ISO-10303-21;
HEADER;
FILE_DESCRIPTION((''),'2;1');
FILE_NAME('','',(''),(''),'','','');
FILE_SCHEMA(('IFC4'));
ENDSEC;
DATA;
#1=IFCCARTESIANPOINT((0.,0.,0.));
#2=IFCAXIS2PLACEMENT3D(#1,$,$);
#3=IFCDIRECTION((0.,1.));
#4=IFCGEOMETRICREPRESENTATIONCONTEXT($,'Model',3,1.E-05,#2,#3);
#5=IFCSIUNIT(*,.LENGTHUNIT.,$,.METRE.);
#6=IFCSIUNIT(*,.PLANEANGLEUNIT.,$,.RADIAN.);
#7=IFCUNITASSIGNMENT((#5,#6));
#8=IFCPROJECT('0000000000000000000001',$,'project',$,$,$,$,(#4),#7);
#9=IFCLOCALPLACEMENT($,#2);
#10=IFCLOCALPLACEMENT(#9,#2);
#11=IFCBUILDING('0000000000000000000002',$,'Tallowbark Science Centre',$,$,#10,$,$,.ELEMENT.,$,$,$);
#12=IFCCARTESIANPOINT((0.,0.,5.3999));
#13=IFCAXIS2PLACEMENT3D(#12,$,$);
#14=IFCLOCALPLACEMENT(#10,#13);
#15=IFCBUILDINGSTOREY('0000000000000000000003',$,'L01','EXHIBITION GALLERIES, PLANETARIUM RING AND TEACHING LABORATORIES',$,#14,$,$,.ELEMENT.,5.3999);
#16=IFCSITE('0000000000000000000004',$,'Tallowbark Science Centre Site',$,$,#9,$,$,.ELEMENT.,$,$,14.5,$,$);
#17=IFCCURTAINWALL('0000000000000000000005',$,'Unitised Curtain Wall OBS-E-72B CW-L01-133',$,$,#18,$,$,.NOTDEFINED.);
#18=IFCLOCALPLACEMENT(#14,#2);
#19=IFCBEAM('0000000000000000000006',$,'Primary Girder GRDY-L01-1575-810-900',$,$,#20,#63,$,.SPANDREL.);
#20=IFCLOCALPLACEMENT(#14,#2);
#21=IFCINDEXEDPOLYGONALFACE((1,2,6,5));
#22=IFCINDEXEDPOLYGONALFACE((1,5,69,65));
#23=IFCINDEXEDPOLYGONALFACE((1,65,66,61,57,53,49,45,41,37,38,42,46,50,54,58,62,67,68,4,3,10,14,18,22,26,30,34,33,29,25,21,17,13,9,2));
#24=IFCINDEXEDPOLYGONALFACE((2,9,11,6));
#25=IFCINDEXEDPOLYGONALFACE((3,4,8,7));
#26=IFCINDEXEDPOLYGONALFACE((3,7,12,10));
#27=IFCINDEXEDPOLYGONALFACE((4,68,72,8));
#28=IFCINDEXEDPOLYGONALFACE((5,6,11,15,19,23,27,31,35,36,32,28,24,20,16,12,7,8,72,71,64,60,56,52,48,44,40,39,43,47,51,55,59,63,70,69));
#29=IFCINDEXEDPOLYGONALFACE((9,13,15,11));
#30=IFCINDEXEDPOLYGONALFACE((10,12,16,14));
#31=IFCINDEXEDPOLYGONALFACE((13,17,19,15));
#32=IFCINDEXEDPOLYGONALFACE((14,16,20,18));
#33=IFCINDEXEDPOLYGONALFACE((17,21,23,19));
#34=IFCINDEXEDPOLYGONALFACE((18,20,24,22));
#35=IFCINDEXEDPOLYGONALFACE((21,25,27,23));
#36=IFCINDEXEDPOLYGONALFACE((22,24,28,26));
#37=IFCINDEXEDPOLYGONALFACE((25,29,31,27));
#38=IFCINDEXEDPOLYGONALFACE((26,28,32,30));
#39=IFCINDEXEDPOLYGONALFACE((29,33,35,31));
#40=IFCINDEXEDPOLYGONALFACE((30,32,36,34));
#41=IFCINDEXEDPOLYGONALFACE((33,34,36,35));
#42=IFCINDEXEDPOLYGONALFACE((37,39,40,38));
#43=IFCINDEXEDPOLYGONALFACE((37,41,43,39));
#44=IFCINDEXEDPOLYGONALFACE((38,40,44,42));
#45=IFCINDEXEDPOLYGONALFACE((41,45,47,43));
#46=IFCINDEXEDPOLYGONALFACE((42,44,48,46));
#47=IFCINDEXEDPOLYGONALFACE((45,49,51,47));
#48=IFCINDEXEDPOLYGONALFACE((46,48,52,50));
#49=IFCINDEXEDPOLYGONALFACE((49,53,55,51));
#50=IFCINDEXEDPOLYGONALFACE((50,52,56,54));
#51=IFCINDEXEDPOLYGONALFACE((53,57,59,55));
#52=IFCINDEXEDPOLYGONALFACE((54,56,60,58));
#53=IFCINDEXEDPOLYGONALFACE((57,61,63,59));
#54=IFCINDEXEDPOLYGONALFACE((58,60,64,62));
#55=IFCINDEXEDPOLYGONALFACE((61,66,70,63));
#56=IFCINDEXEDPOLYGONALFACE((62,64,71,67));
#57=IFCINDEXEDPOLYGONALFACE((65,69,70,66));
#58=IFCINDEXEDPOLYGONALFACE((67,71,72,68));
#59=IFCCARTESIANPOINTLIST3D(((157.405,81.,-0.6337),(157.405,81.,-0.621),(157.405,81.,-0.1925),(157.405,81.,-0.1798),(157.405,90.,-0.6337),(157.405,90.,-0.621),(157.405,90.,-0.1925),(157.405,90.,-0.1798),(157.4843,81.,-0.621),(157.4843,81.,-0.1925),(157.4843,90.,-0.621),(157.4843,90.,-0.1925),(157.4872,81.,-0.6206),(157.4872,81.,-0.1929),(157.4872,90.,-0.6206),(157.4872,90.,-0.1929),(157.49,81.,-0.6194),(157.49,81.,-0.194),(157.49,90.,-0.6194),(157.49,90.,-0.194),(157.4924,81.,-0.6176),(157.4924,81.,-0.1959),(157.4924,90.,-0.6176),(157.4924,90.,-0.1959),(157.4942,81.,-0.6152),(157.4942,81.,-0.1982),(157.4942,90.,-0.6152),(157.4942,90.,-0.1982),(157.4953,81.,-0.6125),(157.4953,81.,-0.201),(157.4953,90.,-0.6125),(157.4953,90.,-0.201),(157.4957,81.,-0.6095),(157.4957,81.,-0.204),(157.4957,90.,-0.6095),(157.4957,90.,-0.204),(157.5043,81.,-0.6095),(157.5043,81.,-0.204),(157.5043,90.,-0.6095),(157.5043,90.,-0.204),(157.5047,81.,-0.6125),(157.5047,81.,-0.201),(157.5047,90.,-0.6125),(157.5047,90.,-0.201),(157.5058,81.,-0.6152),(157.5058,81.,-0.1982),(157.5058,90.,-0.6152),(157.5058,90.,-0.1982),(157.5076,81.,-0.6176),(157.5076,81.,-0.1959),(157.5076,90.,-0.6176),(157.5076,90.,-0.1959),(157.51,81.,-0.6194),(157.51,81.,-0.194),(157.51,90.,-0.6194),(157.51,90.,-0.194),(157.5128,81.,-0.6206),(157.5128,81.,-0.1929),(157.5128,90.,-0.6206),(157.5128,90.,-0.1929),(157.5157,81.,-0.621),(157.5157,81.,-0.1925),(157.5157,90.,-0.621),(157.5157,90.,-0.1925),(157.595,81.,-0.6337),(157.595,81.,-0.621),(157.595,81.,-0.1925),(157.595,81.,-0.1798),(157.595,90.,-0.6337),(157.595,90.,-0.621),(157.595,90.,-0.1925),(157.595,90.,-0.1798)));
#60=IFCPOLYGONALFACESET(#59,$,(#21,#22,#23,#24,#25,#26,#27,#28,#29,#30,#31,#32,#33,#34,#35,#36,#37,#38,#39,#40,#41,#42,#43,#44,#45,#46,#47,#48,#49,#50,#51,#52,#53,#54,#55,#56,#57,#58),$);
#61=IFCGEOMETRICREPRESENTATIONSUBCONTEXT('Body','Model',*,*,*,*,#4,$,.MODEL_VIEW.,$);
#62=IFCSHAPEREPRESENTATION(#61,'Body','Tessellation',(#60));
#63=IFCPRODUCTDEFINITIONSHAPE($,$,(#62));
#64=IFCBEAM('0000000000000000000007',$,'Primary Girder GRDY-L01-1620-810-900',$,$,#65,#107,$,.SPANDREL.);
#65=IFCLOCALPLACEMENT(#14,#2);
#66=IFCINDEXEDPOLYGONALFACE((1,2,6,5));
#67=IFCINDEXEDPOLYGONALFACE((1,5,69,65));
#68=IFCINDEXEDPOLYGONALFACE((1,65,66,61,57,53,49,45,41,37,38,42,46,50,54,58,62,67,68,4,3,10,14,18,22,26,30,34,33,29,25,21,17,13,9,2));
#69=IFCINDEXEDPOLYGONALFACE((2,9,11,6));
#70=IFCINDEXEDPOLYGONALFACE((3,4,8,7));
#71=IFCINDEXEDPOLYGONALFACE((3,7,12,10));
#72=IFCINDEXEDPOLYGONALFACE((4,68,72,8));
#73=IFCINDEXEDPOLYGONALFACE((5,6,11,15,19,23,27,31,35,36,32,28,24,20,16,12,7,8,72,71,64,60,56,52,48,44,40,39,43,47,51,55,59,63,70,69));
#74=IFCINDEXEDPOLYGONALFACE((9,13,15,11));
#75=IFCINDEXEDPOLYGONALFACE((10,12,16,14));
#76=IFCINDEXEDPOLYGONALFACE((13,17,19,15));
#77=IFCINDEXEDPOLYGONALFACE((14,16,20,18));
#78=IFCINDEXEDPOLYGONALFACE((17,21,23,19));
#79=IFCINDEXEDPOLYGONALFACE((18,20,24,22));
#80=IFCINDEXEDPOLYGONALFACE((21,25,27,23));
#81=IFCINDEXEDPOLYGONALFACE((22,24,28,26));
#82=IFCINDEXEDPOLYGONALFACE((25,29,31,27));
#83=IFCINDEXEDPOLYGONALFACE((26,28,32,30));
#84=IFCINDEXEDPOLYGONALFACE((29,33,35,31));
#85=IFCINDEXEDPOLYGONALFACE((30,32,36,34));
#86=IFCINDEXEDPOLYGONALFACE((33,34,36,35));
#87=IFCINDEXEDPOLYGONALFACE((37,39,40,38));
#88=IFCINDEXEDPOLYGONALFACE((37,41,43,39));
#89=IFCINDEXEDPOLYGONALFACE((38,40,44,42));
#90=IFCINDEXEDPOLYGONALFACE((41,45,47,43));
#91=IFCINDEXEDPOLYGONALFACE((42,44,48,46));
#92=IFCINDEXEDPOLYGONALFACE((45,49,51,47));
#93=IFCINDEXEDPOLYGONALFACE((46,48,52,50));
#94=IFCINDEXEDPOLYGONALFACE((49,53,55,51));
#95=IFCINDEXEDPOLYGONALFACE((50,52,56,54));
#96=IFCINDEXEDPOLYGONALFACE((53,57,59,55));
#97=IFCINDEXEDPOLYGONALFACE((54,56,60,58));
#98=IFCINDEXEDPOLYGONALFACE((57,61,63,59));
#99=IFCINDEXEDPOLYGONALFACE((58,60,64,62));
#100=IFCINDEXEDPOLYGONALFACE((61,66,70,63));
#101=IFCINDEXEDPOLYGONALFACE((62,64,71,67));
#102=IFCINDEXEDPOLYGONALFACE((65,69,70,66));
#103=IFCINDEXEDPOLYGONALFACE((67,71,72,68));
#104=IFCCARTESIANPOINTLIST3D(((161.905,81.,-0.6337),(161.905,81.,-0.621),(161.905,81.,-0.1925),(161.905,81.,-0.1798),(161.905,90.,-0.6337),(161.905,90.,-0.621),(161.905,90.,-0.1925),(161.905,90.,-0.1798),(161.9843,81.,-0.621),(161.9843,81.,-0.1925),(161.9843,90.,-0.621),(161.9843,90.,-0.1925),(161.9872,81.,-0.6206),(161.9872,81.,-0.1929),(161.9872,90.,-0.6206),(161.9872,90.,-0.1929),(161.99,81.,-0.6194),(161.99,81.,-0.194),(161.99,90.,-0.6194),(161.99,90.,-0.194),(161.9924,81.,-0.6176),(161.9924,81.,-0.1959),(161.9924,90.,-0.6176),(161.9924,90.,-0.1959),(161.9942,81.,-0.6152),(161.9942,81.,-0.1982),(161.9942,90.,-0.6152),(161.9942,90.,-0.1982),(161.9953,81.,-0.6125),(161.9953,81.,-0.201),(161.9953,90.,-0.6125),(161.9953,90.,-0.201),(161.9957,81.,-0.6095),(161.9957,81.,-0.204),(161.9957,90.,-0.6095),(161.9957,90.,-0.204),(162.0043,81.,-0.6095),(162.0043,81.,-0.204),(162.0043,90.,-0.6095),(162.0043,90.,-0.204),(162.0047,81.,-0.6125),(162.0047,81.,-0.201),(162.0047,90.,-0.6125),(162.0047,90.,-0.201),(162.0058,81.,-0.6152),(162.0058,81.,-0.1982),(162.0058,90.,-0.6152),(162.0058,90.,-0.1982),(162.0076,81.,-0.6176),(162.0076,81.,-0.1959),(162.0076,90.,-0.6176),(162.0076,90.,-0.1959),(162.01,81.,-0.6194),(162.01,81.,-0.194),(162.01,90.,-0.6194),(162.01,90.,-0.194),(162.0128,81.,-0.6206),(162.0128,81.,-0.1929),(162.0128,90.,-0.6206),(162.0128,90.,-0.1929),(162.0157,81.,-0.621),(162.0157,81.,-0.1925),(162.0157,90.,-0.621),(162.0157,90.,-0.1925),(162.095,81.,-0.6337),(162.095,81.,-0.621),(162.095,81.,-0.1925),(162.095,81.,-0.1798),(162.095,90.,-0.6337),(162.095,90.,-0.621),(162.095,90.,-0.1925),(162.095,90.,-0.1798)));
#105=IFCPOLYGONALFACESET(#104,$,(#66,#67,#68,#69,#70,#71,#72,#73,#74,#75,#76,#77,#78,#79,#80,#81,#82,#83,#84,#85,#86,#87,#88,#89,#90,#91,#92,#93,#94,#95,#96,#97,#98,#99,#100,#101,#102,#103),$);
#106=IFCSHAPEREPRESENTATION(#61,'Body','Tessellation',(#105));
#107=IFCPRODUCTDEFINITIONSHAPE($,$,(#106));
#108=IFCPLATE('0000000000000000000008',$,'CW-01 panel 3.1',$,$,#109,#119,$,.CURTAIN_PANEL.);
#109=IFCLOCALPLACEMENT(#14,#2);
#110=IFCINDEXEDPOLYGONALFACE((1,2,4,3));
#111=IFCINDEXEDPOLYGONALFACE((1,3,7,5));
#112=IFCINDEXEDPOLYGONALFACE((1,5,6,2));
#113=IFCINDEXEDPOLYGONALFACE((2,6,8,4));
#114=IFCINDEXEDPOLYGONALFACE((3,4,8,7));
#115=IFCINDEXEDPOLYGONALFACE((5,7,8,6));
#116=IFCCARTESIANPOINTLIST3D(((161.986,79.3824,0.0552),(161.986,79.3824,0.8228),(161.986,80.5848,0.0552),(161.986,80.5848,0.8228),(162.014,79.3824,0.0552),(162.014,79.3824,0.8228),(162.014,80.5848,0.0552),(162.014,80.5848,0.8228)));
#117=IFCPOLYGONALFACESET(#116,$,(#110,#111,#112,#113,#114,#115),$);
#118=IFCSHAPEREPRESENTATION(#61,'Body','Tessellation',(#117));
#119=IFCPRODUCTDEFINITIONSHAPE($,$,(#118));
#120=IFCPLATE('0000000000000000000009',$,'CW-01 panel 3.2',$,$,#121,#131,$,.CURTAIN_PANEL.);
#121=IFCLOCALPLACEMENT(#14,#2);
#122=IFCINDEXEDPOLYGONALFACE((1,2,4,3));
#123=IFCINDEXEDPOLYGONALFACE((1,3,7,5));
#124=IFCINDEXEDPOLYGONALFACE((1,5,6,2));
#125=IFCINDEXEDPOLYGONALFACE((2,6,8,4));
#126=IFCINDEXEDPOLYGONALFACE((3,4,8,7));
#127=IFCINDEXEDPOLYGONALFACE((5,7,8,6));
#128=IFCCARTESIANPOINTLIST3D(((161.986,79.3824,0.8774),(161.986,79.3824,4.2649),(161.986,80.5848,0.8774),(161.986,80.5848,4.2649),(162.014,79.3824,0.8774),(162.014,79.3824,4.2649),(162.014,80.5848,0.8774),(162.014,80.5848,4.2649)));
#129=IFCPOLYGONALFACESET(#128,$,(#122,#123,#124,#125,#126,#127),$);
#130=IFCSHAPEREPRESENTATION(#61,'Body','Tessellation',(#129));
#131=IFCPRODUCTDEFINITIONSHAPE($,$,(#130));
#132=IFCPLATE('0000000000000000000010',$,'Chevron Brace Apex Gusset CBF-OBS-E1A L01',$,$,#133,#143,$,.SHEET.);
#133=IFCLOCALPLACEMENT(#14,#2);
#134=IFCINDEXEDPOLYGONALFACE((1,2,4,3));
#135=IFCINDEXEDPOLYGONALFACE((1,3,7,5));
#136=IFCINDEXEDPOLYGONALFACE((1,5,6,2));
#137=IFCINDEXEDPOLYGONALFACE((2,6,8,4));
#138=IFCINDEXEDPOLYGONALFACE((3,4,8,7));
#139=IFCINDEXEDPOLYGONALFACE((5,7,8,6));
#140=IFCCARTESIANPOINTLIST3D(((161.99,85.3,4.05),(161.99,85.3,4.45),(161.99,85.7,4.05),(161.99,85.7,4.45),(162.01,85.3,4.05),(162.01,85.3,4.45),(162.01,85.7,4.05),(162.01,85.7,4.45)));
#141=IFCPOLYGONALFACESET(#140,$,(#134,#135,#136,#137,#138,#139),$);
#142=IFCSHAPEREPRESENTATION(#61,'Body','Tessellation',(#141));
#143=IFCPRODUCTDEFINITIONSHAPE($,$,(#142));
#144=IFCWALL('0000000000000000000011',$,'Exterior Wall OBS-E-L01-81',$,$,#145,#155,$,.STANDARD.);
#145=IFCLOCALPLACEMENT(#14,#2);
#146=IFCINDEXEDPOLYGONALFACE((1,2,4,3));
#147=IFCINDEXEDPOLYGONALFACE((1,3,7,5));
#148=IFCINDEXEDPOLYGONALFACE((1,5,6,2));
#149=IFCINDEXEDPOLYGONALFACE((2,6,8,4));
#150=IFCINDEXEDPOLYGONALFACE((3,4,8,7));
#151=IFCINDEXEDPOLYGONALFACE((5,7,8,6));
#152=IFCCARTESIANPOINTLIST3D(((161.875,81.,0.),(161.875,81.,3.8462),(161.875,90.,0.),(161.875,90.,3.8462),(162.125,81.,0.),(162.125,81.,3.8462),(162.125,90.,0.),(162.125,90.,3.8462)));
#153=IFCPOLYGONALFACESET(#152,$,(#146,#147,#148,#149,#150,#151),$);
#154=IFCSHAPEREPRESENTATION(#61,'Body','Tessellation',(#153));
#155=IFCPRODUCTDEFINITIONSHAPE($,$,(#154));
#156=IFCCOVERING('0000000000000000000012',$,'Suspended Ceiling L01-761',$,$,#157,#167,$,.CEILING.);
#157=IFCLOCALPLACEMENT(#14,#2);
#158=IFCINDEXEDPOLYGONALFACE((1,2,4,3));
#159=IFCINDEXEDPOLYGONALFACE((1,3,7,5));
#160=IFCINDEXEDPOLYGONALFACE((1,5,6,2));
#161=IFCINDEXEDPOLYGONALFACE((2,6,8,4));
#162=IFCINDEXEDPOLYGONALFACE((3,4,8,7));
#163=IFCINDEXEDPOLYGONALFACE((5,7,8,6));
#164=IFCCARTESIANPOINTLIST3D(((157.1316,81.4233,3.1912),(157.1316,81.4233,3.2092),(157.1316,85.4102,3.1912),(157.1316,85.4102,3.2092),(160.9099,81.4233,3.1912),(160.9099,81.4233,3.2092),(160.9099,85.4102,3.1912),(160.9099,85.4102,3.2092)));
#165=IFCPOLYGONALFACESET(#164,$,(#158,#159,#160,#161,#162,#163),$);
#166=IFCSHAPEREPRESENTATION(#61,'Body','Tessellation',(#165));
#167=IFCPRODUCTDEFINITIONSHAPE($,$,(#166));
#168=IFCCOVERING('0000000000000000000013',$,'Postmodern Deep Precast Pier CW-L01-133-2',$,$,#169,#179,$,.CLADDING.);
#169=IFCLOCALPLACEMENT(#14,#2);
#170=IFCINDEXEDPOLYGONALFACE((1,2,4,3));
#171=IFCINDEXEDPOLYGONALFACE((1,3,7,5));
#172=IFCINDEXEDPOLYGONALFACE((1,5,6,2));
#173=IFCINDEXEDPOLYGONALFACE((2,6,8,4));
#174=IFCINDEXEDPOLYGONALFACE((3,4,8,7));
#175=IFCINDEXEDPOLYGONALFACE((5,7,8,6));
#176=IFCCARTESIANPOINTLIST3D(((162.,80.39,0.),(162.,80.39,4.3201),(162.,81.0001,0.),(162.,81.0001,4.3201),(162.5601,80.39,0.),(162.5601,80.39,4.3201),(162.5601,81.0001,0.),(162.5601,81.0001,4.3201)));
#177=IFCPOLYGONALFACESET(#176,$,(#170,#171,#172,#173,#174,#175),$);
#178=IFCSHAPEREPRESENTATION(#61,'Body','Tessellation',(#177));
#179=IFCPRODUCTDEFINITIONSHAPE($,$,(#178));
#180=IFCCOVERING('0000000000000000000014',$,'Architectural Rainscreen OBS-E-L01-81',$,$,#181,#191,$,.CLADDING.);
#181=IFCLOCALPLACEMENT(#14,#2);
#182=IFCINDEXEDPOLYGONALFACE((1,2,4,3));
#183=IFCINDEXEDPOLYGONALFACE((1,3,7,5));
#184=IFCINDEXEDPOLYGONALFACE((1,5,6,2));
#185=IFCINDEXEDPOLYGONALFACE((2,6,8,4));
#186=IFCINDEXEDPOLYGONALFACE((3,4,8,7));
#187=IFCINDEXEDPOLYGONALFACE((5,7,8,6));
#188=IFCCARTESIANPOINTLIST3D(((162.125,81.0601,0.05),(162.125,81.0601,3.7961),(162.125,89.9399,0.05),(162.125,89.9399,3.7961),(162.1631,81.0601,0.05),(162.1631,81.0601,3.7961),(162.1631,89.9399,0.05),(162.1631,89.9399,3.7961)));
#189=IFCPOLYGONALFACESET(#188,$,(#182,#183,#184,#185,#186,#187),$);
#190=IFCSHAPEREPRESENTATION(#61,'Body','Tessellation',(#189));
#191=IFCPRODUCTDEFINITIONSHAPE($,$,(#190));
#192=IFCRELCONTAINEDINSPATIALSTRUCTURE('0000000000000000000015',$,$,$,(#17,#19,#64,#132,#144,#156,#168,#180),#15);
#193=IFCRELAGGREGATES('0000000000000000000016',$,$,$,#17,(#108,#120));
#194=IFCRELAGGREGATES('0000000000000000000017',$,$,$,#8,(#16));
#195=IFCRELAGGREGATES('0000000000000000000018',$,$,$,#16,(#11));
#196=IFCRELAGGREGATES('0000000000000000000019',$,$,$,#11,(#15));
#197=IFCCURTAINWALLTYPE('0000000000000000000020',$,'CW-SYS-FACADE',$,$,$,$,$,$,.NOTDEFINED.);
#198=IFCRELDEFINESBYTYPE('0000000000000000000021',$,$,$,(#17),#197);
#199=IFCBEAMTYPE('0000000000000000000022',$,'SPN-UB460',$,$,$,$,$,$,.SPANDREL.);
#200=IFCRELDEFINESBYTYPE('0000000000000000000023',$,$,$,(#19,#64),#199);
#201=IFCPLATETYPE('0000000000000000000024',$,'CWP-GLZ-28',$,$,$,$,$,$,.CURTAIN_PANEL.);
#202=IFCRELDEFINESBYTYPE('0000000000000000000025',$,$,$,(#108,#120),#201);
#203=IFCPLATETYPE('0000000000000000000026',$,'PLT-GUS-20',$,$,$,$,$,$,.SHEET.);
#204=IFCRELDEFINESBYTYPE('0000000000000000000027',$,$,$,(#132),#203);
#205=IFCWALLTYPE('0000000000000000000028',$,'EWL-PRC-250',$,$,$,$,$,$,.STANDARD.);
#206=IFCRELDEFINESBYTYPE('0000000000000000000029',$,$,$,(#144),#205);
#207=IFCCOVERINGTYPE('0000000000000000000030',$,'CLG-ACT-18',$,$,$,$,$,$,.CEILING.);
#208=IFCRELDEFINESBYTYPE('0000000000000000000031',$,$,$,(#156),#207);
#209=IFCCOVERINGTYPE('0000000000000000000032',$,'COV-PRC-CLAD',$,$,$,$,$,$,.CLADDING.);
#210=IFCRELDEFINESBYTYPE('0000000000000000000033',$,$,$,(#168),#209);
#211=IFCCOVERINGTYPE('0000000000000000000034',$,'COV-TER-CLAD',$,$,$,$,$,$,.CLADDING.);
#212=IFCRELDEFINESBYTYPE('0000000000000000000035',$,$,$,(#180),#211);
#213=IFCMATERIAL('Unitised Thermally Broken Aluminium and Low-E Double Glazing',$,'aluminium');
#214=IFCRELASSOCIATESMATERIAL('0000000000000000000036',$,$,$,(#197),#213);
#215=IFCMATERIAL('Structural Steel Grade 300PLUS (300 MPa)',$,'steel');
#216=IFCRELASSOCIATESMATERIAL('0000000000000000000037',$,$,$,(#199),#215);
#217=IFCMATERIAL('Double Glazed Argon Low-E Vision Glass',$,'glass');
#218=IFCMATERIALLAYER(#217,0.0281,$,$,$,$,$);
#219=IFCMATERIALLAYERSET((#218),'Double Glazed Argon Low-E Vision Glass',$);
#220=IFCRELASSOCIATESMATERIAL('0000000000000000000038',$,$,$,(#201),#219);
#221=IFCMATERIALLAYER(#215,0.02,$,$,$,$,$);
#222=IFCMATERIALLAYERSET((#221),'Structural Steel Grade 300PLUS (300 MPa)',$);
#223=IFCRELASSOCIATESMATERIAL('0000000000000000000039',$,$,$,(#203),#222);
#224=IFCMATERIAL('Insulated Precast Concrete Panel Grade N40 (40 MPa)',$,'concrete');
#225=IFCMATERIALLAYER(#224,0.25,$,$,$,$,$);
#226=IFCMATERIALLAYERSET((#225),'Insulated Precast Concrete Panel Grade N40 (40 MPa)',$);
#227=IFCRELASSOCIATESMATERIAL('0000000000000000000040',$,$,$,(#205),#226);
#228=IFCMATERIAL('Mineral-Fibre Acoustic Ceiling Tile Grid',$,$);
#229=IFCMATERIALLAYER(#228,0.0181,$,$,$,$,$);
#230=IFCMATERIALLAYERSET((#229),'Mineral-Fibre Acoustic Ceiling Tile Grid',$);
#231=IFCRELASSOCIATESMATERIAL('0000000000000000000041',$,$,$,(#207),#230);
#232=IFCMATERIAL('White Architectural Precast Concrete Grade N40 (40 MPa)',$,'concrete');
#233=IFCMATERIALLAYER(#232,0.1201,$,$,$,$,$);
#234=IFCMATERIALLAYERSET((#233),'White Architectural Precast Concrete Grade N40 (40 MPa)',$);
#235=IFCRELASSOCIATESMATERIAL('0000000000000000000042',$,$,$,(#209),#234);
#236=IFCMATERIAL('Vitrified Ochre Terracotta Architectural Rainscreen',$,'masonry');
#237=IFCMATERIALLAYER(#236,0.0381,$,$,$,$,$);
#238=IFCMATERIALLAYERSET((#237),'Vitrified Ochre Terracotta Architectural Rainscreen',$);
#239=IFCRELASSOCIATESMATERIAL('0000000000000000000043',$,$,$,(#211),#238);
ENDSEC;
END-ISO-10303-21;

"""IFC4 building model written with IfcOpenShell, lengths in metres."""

from ifc_helpers import new_model, si_unit, direction, frame, frame_2d, origin, origin_2d, place, context, subcontext, project, spatial, rectangle, i_section, extrude, material, layer, layer_set, material_profile, profile_set, type_object, element, aggregate, save


model = new_model("IFC4")

# Units and contexts
model_context = context("Model", 3, precision=1e-05, world=origin(), true_north=direction((0.0, 1.0)))
body_context = subcontext(model_context, "Body", "Model", "MODEL_VIEW")
ifc_project = project(units=[si_unit("LENGTHUNIT", "METRE"), si_unit("PLANEANGLEUNIT", "RADIAN")], contexts=[model_context])

# Site, building, storey
site_placement = place(None, origin())
site = spatial("IfcSite", under=ifc_project, at=site_placement, Name="Tallowbark Science Centre Site", CompositionType="ELEMENT", RefElevation=14.5)
building_placement = place(site_placement, origin())
building = spatial("IfcBuilding", under=site, at=building_placement, Name="Tallowbark Science Centre", CompositionType="ELEMENT")
storey_placement = place(building_placement, frame((0.0, 0.0, 5.3999)))
storey = spatial("IfcBuildingStorey", under=building, at=storey_placement, Name="L01", Description="EXHIBITION GALLERIES, PLANETARIUM RING AND TEACHING LABORATORIES", CompositionType="ELEMENT", Elevation=5.3999)

# Shared definitions
ifc_material_1 = material(Name="Structural Steel Grade 300PLUS (300 MPa)", Category="steel")

# Curtain wall
ifc_material_2 = material(Name="Unitised Thermally Broken Aluminium and Low-E Double Glazing", Category="aluminium")
curtain_wall_type = type_object("IfcCurtainWallType", Name="CW-SYS-FACADE", PredefinedType="NOTDEFINED", material=ifc_material_2)
curtain_wall_placement = place(storey_placement, origin())
curtain_wall = element("IfcCurtainWall", 1, at=curtain_wall_placement, inside=storey, type_object=curtain_wall_type, Name="Unitised Curtain Wall OBS-E-72B CW-L01-133", PredefinedType="NOTDEFINED")

# Beams
ifc_material_profile_1 = material_profile(ifc_material_1, i_section(OverallWidth=0.1899, OverallDepth=0.4539, WebThickness=0.0085, FlangeThickness=0.0127, FilletRadius=0.0115, at=origin_2d()), Name="460UB67.1")
ifc_profile_set_1 = profile_set([ifc_material_profile_1], Name="Structural Steel Grade 300PLUS (300 MPa)")
beam_type_1 = type_object("IfcBeamType", Name="SPN-UB460", PredefinedType="SPANDREL", material=ifc_profile_set_1)
for number, where, z_axis, x_axis, name in (
    (2, (157.5, 81.0, -0.4067), (0.0, 1.0, 0.0), (-1.0, 0.0, 0.0), "Primary Girder GRDY-L01-1575-810-900"),
    (3, (162.0, 81.0, -0.4067), (0.0, 1.0, 0.0), (-1.0, 0.0, 0.0), "Primary Girder GRDY-L01-1620-810-900"),
):
    element("IfcBeam", number, at=place(storey_placement, frame(where, z_axis=z_axis, x_axis=x_axis)), inside=storey, type_object=beam_type_1, Name=name, PredefinedType="SPANDREL", context=body_context, shape_type="SweptSolid", body=[
        extrude(i_section(OverallWidth=0.1899, OverallDepth=0.4539, WebThickness=0.0085, FlangeThickness=0.0127, FilletRadius=0.0115, at=origin_2d()), origin(), (0.0, 0.0, 1.0), 9.0),
    ])

# Plates
ifc_material_3 = material(Name="Double Glazed Argon Low-E Vision Glass", Category="glass")
ifc_layer_1 = layer(ifc_material_3, 0.0281)
ifc_layer_set_1 = layer_set([ifc_layer_1], Name="Double Glazed Argon Low-E Vision Glass")
plate_type_1 = type_object("IfcPlateType", Name="CWP-GLZ-28", PredefinedType="CURTAIN_PANEL", material=ifc_layer_set_1)
plate_1_placement = place(storey_placement, frame((162.0, 79.9836, 0.0552), z_axis=(0.0, 0.0, 1.0), x_axis=(0.0, 1.0, 0.0)))
plate_1 = element("IfcPlate", 4, at=plate_1_placement, type_object=plate_type_1, Name="CW-01 panel 3.1", PredefinedType="CURTAIN_PANEL", context=body_context, shape_type="SweptSolid", body=[
    extrude(rectangle(XDim=1.2024, YDim=0.0281, at=origin_2d()), origin(), (0.0, 0.0, 1.0), 0.7676),
])
plate_2_placement = place(storey_placement, frame((162.0, 79.9836, 0.8774), z_axis=(0.0, 0.0, 1.0), x_axis=(0.0, 1.0, 0.0)))
plate_2 = element("IfcPlate", 5, at=plate_2_placement, type_object=plate_type_1, Name="CW-01 panel 3.2", PredefinedType="CURTAIN_PANEL", context=body_context, shape_type="SweptSolid", body=[
    extrude(rectangle(XDim=1.2024, YDim=0.0281, at=origin_2d()), origin(), (0.0, 0.0, 1.0), 3.3875),
])
aggregate(curtain_wall, [plate_1, plate_2])
ifc_layer_2 = layer(ifc_material_1, 0.02)
ifc_layer_set_2 = layer_set([ifc_layer_2], Name="Structural Steel Grade 300PLUS (300 MPa)")
plate_type_2 = type_object("IfcPlateType", Name="PLT-GUS-20", PredefinedType="SHEET", material=ifc_layer_set_2)
plate_3_placement = place(storey_placement, frame((162.0, 85.5, 4.05), z_axis=(0.0, 0.0, 1.0), x_axis=(0.0, 1.0, 0.0)))
element("IfcPlate", 6, at=plate_3_placement, inside=storey, type_object=plate_type_2, Name="Chevron Brace Apex Gusset CBF-OBS-E1A L01", PredefinedType="SHEET", context=body_context, shape_type="SweptSolid", body=[
    extrude(rectangle(XDim=0.3999, YDim=0.02, at=origin_2d()), origin(), (0.0, 0.0, 1.0), 0.3999),
])

# Wall
ifc_material_4 = material(Name="Insulated Precast Concrete Panel Grade N40 (40 MPa)", Category="concrete")
ifc_layer_3 = layer(ifc_material_4, 0.25)
ifc_layer_set_3 = layer_set([ifc_layer_3], Name="Insulated Precast Concrete Panel Grade N40 (40 MPa)")
wall_type = type_object("IfcWallType", Name="EWL-PRC-250", PredefinedType="STANDARD", material=ifc_layer_set_3)
wall_placement = place(storey_placement, frame((162.0, 81.0, 0.0), z_axis=(0.0, 0.0, 1.0), x_axis=(0.0, 1.0, 0.0)))
element("IfcWall", 7, at=wall_placement, inside=storey, type_object=wall_type, Name="Exterior Wall OBS-E-L01-81", PredefinedType="STANDARD", context=body_context, shape_type="SweptSolid", body=[
    extrude(rectangle(XDim=9.0, YDim=0.25, at=frame_2d((4.5, 0.0))), origin(), (0.0, 0.0, 1.0), 3.8462),
])

# Coverings
ifc_material_5 = material(Name="Mineral-Fibre Acoustic Ceiling Tile Grid")
ifc_layer_4 = layer(ifc_material_5, 0.0181)
ifc_layer_set_4 = layer_set([ifc_layer_4], Name="Mineral-Fibre Acoustic Ceiling Tile Grid")
covering_type_1 = type_object("IfcCoveringType", Name="CLG-ACT-18", PredefinedType="CEILING", material=ifc_layer_set_4)
covering_1_placement = place(storey_placement, frame((159.0208, 83.4167, 3.1912), z_axis=(0.0, 0.0, 1.0), x_axis=(1.0, 0.0, 0.0)))
element("IfcCovering", 8, at=covering_1_placement, inside=storey, type_object=covering_type_1, Name="Suspended Ceiling L01-761", PredefinedType="CEILING", context=body_context, shape_type="SweptSolid", body=[
    extrude(rectangle(XDim=3.7783, YDim=3.9868, at=origin_2d()), origin(), (0.0, 0.0, 1.0), 0.0181),
])
ifc_material_6 = material(Name="White Architectural Precast Concrete Grade N40 (40 MPa)", Category="concrete")
ifc_layer_5 = layer(ifc_material_6, 0.1201)
ifc_layer_set_5 = layer_set([ifc_layer_5], Name="White Architectural Precast Concrete Grade N40 (40 MPa)")
covering_type_2 = type_object("IfcCoveringType", Name="COV-PRC-CLAD", PredefinedType="CLADDING", material=ifc_layer_set_5)
covering_2_placement = place(storey_placement, frame((162.28, 80.6951, 0.0), z_axis=(0.0, 0.0, 1.0), x_axis=(0.0, 1.0, 0.0)))
element("IfcCovering", 9, at=covering_2_placement, inside=storey, type_object=covering_type_2, Name="Postmodern Deep Precast Pier CW-L01-133-2", PredefinedType="CLADDING", context=body_context, shape_type="SweptSolid", body=[
    extrude(rectangle(XDim=0.6101, YDim=0.5601, at=origin_2d()), origin(), (0.0, 0.0, 1.0), 4.3201),
])
ifc_material_7 = material(Name="Vitrified Ochre Terracotta Architectural Rainscreen", Category="masonry")
ifc_layer_6 = layer(ifc_material_7, 0.0381)
ifc_layer_set_6 = layer_set([ifc_layer_6], Name="Vitrified Ochre Terracotta Architectural Rainscreen")
covering_type_3 = type_object("IfcCoveringType", Name="COV-TER-CLAD", PredefinedType="CLADDING", material=ifc_layer_set_6)
covering_3_placement = place(storey_placement, frame((162.144, 85.5, 0.05), z_axis=(0.0, 0.0, 1.0), x_axis=(0.0, 1.0, 0.0)))
element("IfcCovering", 10, at=covering_3_placement, inside=storey, type_object=covering_type_3, Name="Architectural Rainscreen OBS-E-L01-81", PredefinedType="CLADDING", context=body_context, shape_type="SweptSolid", body=[
    extrude(rectangle(XDim=8.8799, YDim=0.0381, at=origin_2d()), origin(), (0.0, 0.0, 1.0), 3.7461),
])

save(model, "model.ifc")
